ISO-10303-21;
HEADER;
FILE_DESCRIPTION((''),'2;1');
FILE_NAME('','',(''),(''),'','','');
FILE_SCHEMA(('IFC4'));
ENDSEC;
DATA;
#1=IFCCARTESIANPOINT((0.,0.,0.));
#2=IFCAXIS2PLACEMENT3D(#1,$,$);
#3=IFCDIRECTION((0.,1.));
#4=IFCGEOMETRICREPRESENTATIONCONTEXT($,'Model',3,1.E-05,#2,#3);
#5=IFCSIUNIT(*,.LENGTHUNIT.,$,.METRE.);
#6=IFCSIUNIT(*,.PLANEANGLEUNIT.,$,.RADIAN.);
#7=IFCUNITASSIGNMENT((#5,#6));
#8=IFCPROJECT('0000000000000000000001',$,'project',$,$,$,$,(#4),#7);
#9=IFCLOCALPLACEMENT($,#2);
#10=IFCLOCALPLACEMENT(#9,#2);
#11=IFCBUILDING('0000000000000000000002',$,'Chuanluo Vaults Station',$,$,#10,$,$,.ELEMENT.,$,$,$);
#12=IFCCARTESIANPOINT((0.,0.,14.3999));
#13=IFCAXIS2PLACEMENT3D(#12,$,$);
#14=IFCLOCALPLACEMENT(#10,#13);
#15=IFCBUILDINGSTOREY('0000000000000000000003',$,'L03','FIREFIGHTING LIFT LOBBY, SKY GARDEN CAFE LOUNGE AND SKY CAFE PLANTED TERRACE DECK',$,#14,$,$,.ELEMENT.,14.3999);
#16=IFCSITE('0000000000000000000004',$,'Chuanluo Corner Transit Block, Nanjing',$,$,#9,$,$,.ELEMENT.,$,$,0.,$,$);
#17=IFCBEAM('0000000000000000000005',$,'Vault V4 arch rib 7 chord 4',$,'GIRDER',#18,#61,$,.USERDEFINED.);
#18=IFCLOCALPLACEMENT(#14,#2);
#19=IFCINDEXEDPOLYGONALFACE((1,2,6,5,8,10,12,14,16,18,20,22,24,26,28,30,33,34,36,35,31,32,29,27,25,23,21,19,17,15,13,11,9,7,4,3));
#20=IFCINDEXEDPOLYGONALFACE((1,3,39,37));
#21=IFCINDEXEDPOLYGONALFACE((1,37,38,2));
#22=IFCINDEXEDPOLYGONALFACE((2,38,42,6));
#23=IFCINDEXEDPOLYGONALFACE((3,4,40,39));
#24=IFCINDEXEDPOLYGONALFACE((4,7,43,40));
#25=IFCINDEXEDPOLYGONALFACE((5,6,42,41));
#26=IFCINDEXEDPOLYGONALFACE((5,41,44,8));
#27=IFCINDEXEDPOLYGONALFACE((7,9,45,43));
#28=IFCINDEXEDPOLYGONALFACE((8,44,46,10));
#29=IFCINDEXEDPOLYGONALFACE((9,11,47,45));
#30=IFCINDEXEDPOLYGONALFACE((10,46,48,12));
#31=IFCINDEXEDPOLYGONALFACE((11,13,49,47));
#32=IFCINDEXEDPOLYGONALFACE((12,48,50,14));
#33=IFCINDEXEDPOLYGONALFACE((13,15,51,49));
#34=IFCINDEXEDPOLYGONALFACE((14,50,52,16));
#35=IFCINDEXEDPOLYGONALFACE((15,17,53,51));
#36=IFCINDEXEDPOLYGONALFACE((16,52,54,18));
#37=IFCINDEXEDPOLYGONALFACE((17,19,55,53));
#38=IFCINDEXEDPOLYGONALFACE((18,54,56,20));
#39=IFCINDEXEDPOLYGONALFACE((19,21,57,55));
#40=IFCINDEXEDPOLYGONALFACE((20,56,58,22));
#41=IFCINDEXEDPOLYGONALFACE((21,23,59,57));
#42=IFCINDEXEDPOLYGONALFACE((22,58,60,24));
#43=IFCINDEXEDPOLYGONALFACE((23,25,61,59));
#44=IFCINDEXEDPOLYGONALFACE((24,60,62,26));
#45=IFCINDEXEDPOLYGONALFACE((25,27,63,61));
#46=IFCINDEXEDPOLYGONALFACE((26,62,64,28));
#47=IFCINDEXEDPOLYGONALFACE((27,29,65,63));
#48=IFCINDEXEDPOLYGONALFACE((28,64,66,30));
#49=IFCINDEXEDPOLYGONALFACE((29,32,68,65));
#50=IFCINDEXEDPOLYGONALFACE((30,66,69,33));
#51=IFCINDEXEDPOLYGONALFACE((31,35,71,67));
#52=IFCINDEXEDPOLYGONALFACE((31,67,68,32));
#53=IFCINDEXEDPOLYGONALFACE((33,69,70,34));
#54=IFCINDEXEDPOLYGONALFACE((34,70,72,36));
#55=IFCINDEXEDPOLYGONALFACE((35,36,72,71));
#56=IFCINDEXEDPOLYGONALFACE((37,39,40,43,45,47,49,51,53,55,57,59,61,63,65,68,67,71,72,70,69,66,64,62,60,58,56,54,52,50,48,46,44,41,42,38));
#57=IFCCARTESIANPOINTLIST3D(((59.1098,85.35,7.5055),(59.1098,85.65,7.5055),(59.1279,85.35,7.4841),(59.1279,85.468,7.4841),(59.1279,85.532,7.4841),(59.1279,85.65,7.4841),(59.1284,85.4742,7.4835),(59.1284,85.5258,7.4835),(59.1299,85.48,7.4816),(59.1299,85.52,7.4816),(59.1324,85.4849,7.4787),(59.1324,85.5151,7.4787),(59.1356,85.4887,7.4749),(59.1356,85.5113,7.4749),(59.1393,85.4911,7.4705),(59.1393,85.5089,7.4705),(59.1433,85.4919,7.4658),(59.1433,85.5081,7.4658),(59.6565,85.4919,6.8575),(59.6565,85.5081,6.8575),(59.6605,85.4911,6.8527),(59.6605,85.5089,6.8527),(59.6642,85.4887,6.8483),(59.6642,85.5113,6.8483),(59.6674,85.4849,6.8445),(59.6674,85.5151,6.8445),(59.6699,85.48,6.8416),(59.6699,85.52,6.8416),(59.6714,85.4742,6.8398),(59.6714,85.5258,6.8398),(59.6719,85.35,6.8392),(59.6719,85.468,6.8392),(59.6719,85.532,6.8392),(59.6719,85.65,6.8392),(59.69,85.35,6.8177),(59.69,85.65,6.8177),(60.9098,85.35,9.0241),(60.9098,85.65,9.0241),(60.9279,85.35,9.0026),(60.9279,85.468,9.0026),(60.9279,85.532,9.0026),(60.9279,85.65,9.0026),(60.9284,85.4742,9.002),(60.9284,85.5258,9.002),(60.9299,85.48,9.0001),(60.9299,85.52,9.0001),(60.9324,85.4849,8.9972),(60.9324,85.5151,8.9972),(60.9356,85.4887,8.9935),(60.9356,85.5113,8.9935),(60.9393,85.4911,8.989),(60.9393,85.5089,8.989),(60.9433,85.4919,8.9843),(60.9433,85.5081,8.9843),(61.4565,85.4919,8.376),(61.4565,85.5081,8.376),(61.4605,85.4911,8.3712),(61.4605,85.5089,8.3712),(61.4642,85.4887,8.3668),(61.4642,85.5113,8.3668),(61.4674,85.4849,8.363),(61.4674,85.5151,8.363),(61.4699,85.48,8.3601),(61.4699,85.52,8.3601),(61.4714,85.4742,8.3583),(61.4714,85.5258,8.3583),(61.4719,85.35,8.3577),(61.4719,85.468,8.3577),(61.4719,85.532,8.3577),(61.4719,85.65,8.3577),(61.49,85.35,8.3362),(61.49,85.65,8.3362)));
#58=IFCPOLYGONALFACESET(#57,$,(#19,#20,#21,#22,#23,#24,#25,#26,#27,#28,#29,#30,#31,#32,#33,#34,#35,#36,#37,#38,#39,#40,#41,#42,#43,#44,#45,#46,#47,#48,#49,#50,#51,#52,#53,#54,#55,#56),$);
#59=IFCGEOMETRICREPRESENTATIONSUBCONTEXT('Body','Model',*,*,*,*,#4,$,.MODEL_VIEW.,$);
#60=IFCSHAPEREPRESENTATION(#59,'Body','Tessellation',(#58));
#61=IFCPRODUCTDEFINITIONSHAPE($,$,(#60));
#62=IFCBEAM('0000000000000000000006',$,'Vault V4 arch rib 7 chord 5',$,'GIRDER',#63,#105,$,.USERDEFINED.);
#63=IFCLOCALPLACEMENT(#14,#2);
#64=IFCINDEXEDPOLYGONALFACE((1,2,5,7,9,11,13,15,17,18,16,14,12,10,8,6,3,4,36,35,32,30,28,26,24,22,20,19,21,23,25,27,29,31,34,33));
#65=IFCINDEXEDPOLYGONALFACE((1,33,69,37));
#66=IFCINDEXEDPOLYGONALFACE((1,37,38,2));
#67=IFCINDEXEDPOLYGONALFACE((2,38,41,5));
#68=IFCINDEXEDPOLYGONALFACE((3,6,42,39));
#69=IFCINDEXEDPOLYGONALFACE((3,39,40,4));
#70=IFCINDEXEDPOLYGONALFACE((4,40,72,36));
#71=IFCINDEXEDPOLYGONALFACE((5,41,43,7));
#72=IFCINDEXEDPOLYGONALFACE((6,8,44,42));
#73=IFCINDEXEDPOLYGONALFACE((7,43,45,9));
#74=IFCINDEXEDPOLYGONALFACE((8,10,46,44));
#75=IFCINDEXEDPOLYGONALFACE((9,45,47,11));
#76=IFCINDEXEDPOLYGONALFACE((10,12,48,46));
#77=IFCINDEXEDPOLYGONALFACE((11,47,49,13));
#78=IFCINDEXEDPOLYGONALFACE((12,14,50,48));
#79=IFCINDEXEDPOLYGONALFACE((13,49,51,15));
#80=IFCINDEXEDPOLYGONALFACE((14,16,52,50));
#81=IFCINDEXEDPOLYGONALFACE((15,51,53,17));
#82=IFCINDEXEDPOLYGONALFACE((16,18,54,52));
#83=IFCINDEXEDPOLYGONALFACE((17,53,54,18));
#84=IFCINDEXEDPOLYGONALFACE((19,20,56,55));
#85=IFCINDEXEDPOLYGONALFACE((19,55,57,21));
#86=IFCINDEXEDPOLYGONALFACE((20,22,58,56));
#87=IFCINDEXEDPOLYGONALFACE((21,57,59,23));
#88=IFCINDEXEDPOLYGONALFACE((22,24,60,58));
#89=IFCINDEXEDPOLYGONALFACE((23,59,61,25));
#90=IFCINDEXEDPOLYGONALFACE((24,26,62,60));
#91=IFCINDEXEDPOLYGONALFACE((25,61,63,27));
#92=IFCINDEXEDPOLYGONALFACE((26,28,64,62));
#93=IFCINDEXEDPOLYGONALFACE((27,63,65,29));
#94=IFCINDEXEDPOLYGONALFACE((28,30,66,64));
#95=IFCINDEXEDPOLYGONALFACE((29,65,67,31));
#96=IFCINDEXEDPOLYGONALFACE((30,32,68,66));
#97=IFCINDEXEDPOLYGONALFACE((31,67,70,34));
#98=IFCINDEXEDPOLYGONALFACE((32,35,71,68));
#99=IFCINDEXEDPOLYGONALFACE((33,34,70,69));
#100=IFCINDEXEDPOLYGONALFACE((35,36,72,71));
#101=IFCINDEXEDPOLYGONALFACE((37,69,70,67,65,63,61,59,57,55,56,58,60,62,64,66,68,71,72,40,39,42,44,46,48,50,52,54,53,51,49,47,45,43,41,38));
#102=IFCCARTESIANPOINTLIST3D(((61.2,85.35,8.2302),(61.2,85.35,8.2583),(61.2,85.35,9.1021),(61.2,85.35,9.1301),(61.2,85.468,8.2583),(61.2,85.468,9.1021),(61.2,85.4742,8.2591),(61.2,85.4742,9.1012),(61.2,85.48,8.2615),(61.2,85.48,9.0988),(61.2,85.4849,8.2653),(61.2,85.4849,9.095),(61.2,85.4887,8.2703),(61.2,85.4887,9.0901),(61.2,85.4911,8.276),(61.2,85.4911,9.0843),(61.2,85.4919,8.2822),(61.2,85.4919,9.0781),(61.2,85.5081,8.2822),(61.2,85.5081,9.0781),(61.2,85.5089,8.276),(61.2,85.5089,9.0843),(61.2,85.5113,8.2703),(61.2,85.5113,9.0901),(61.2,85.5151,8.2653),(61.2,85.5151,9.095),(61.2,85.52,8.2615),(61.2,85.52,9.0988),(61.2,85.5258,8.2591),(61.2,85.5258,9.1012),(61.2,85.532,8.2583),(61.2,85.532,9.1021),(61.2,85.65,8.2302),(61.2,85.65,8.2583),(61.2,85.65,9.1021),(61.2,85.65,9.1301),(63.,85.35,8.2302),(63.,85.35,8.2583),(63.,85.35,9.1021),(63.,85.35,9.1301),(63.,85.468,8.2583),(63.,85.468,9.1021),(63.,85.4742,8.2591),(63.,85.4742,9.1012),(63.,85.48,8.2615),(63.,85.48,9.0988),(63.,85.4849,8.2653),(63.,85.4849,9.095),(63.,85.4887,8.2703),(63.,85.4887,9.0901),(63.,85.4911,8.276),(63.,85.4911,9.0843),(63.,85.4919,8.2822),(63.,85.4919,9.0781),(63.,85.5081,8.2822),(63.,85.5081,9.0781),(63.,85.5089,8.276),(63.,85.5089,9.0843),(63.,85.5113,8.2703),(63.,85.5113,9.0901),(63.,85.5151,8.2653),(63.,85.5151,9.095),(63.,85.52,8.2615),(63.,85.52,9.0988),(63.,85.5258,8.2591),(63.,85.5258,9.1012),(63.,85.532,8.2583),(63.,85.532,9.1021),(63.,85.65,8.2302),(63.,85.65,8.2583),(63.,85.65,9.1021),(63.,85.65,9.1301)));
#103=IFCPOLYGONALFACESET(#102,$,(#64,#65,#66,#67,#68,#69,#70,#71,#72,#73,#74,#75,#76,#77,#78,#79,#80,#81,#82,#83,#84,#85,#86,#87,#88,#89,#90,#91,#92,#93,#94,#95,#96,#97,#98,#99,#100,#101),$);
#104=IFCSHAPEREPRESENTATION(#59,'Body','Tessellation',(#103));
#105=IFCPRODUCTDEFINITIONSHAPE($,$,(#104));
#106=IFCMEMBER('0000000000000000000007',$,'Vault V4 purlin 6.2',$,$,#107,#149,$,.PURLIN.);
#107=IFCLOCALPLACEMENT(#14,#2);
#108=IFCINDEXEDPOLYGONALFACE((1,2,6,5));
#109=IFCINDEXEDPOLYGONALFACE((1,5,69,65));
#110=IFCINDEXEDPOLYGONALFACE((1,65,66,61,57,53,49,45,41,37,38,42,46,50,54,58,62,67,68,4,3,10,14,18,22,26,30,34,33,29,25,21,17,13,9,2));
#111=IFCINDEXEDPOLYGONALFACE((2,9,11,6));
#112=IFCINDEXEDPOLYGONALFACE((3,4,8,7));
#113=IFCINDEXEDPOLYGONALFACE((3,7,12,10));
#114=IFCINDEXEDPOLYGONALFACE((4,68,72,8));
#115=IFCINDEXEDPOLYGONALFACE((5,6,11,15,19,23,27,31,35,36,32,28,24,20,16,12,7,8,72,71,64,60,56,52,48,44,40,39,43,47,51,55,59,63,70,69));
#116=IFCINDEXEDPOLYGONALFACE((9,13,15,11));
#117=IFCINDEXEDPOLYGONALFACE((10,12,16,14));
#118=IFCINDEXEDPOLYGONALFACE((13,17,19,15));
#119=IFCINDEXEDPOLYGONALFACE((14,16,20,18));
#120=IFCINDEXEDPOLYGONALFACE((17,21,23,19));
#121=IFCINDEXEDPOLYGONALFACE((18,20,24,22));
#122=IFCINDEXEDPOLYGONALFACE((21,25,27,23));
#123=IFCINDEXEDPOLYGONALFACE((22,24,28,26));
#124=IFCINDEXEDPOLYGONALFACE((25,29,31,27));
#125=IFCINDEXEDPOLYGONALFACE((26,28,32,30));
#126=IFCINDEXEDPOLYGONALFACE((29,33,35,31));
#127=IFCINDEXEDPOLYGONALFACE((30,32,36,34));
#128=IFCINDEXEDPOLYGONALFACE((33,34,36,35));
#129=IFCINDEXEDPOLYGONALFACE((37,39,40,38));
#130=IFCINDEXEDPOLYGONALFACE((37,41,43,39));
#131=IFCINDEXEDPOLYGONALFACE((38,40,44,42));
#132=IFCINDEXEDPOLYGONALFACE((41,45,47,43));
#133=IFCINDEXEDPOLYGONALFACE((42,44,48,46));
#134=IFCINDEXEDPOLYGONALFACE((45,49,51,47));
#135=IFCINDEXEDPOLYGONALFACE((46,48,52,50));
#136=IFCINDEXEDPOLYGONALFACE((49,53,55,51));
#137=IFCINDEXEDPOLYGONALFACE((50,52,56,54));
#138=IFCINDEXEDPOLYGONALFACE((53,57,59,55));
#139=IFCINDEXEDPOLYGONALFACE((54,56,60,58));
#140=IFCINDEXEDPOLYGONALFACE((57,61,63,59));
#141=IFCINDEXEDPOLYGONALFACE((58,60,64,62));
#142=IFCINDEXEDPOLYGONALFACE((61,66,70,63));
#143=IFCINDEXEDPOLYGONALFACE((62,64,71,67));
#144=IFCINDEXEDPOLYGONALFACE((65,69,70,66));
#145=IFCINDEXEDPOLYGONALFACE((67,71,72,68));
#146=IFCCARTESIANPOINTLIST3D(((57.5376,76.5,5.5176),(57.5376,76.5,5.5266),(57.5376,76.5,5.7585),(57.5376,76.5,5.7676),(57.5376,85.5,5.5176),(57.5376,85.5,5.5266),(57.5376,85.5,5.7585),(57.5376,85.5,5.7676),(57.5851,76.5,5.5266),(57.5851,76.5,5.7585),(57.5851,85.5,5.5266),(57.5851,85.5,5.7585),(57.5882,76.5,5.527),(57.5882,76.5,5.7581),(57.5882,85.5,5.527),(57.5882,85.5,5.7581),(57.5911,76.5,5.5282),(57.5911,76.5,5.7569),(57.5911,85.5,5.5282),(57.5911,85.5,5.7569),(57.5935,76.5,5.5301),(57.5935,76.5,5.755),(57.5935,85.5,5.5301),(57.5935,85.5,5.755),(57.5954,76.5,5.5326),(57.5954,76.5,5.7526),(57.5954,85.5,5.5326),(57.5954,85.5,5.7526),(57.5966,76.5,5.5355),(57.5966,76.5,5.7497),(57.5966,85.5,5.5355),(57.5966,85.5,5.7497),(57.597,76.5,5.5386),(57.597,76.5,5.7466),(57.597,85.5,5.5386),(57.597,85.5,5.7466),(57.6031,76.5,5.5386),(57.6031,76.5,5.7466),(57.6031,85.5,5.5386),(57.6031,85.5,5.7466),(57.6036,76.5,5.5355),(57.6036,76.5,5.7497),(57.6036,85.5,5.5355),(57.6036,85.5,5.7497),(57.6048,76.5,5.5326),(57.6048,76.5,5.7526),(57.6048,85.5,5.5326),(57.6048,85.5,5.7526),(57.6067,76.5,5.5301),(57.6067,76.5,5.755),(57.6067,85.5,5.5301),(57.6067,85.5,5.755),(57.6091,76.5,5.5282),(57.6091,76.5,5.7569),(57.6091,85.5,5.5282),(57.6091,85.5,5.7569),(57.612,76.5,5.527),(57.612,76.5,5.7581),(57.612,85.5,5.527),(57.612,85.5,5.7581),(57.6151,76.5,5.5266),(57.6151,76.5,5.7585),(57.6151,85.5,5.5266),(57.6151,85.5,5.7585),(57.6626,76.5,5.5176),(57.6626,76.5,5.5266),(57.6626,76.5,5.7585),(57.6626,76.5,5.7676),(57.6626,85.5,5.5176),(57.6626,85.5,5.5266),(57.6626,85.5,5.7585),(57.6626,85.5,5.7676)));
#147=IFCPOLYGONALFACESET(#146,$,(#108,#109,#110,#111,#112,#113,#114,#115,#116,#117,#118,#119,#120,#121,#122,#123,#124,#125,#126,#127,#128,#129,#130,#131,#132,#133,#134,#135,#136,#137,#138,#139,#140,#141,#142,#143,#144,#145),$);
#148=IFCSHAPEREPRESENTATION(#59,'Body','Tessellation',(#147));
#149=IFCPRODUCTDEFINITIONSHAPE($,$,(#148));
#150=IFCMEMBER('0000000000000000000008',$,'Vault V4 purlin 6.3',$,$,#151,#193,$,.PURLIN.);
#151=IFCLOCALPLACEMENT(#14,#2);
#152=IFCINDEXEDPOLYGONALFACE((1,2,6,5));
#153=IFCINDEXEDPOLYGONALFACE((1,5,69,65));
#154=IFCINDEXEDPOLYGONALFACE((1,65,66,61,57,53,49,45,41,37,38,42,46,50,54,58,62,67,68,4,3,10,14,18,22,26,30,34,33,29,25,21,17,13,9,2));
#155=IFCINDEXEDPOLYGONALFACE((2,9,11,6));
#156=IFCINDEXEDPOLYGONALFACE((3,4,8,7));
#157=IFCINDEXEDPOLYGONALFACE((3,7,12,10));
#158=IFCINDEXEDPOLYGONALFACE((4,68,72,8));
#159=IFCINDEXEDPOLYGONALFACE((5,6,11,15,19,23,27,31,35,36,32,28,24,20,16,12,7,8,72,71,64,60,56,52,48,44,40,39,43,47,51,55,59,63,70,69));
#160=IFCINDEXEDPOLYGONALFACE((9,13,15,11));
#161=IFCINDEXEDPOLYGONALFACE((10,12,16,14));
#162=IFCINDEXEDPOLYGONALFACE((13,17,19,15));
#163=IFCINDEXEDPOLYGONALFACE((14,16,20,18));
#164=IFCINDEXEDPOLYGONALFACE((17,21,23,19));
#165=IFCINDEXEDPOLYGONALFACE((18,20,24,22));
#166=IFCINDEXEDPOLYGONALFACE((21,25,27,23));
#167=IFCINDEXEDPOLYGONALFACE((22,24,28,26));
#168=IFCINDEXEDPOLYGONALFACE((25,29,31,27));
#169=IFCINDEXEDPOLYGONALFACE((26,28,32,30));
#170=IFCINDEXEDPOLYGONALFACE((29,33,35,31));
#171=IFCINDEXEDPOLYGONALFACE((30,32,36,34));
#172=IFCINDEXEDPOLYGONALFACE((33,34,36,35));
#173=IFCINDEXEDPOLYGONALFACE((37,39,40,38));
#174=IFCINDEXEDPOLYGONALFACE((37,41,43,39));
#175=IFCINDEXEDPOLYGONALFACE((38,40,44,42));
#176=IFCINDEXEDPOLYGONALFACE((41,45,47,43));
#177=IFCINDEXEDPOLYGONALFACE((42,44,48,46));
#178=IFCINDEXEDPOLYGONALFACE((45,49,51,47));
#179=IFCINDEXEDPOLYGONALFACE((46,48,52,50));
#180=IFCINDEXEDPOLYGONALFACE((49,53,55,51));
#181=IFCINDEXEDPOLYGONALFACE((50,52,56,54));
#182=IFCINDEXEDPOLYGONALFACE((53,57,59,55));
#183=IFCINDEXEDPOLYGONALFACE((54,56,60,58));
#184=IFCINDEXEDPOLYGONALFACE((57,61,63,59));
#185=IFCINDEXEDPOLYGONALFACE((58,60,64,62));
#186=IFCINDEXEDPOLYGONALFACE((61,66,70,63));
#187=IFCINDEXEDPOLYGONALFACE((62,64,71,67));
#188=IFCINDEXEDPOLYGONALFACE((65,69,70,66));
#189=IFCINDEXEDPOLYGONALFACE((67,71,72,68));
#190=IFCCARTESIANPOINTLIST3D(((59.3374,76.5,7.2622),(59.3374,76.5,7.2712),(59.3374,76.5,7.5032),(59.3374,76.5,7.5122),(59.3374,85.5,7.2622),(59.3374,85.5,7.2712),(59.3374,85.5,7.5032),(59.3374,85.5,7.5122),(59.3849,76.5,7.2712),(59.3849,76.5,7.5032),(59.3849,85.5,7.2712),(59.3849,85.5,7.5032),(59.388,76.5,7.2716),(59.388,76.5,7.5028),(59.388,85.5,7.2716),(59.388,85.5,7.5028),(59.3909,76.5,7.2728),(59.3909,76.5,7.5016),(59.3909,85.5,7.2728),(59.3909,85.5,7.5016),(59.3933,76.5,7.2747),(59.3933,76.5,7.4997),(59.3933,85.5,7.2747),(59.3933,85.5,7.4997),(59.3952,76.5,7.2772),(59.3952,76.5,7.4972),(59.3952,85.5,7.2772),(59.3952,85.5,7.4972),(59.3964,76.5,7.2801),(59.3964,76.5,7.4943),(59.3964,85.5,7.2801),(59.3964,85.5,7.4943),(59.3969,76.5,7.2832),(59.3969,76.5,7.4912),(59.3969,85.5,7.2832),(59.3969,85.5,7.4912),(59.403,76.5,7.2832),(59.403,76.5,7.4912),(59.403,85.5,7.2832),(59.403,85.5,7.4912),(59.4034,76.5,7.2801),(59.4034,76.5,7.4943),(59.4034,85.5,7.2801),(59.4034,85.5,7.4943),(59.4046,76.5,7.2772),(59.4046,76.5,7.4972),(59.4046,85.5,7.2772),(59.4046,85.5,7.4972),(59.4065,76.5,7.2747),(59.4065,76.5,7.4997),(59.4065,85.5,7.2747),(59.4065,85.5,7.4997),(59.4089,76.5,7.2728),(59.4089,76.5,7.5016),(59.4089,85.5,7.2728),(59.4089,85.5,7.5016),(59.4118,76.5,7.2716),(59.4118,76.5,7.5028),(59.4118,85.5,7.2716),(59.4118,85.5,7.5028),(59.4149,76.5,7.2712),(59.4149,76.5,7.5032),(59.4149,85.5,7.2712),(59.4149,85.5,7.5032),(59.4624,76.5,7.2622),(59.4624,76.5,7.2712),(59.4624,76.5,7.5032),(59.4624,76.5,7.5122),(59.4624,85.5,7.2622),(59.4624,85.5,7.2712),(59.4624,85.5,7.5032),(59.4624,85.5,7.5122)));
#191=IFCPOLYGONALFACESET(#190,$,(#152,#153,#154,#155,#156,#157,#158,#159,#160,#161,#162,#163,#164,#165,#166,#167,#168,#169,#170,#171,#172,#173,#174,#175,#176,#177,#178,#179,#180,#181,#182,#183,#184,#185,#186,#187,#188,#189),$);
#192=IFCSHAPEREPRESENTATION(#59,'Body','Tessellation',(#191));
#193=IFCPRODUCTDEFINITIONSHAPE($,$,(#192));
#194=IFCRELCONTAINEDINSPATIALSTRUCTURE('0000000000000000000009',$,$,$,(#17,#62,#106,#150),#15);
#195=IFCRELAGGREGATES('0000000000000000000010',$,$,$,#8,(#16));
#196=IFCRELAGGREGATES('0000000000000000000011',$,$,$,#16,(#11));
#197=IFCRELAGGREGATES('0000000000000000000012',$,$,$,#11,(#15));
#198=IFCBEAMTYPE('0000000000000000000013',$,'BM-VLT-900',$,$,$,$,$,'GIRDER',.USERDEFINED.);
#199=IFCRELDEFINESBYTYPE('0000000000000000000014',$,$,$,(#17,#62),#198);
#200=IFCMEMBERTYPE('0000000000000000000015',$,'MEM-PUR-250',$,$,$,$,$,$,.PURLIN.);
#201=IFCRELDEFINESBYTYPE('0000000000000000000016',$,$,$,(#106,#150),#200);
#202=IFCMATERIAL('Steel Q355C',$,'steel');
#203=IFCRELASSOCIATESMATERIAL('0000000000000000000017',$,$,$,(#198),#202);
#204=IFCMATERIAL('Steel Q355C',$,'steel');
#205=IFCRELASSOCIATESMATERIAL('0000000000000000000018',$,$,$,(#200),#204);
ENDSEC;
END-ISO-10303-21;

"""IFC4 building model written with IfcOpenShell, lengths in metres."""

from ifc_helpers import new_model, si_unit, direction, frame, origin, origin_2d, place, context, subcontext, project, spatial, i_section, extrude, material, material_profile, profile_set, type_object, element, save


model = new_model("IFC4")

# Units and contexts
model_context = context("Model", 3, precision=1e-05, world=origin(), true_north=direction((0.0, 1.0)))
body_context = subcontext(model_context, "Body", "Model", "MODEL_VIEW")
ifc_project = project(units=[si_unit("LENGTHUNIT", "METRE"), si_unit("PLANEANGLEUNIT", "RADIAN")], contexts=[model_context])

# Site, building, storey
site_placement = place(None, origin())
site = spatial("IfcSite", under=ifc_project, at=site_placement, Name="Chuanluo Corner Transit Block, Nanjing", CompositionType="ELEMENT", RefElevation=0.0)
building_placement = place(site_placement, origin())
building = spatial("IfcBuilding", under=site, at=building_placement, Name="Chuanluo Vaults Station", CompositionType="ELEMENT")
storey_placement = place(building_placement, frame((0.0, 0.0, 14.3999)))
storey = spatial("IfcBuildingStorey", under=building, at=storey_placement, Name="L03", Description="FIREFIGHTING LIFT LOBBY, SKY GARDEN CAFE LOUNGE AND SKY CAFE PLANTED TERRACE DECK", CompositionType="ELEMENT", Elevation=14.3999)

# Beams
ifc_material_1 = material(Name="Steel Q355C", Category="steel")
ifc_material_profile_1 = material_profile(ifc_material_1, i_section(OverallWidth=0.3, OverallDepth=0.8999, WebThickness=0.0161, FlangeThickness=0.0281, FilletRadius=0.0239, at=origin_2d()))
ifc_profile_set_1 = profile_set([ifc_material_profile_1], Name="Steel Q355C")
beam_type_1 = type_object("IfcBeamType", Name="BM-VLT-900", ElementType="GIRDER", PredefinedType="USERDEFINED", material=ifc_profile_set_1)
beam_1_placement = place(storey_placement, frame((59.3999, 85.5, 7.1616), z_axis=(0.764341, 0.0, 0.644812), x_axis=(0.0, 1.0, 0.0)))
element("IfcBeam", 1, at=beam_1_placement, inside=storey, type_object=beam_type_1, Name="Vault V4 arch rib 7 chord 4", ObjectType="GIRDER", PredefinedType="USERDEFINED", context=body_context, shape_type="SweptSolid", body=[
    extrude(i_section(OverallWidth=0.3, OverallDepth=0.8999, WebThickness=0.0161, FlangeThickness=0.0281, FilletRadius=0.0239, at=origin_2d()), origin(), (0.0, 0.0, 1.0), 2.355),
])
beam_2_placement = place(storey_placement, frame((61.2, 85.5, 8.6802), z_axis=(1.0, 0.0, 0.0), x_axis=(0.0, 1.0, 0.0)))
element("IfcBeam", 2, at=beam_2_placement, inside=storey, type_object=beam_type_1, Name="Vault V4 arch rib 7 chord 5", ObjectType="GIRDER", PredefinedType="USERDEFINED", context=body_context, shape_type="SweptSolid", body=[
    extrude(i_section(OverallWidth=0.3, OverallDepth=0.8999, WebThickness=0.0161, FlangeThickness=0.0281, FilletRadius=0.0239, at=origin_2d()), origin(), (0.0, 0.0, 1.0), 1.8),
])

# Members
ifc_material_2 = material(Name="Steel Q355C", Category="steel")
ifc_material_profile_2 = material_profile(ifc_material_2, i_section(OverallWidth=0.125, OverallDepth=0.25, WebThickness=0.0061, FlangeThickness=0.009, FilletRadius=0.012, at=origin_2d()))
ifc_profile_set_2 = profile_set([ifc_material_profile_2], Name="Steel Q355C")
member_type_1 = type_object("IfcMemberType", Name="MEM-PUR-250", PredefinedType="PURLIN", material=ifc_profile_set_2)
for number, where, z_axis, x_axis, name in (
    (3, (57.6001, 76.5, 5.6426), (0.0, 1.0, 0.0), (-1.0, 0.0, 0.0), "Vault V4 purlin 6.2"),
    (4, (59.3999, 76.5, 7.3872), (0.0, 1.0, 0.0), (-1.0, 0.0, 0.0), "Vault V4 purlin 6.3"),
):
    element("IfcMember", number, at=place(storey_placement, frame(where, z_axis=z_axis, x_axis=x_axis)), inside=storey, type_object=member_type_1, Name=name, PredefinedType="PURLIN", context=body_context, shape_type="SweptSolid", body=[
        extrude(i_section(OverallWidth=0.125, OverallDepth=0.25, WebThickness=0.0061, FlangeThickness=0.009, FilletRadius=0.012, at=origin_2d()), origin(), (0.0, 0.0, 1.0), 9.0),
    ])

save(model, "model.ifc")
